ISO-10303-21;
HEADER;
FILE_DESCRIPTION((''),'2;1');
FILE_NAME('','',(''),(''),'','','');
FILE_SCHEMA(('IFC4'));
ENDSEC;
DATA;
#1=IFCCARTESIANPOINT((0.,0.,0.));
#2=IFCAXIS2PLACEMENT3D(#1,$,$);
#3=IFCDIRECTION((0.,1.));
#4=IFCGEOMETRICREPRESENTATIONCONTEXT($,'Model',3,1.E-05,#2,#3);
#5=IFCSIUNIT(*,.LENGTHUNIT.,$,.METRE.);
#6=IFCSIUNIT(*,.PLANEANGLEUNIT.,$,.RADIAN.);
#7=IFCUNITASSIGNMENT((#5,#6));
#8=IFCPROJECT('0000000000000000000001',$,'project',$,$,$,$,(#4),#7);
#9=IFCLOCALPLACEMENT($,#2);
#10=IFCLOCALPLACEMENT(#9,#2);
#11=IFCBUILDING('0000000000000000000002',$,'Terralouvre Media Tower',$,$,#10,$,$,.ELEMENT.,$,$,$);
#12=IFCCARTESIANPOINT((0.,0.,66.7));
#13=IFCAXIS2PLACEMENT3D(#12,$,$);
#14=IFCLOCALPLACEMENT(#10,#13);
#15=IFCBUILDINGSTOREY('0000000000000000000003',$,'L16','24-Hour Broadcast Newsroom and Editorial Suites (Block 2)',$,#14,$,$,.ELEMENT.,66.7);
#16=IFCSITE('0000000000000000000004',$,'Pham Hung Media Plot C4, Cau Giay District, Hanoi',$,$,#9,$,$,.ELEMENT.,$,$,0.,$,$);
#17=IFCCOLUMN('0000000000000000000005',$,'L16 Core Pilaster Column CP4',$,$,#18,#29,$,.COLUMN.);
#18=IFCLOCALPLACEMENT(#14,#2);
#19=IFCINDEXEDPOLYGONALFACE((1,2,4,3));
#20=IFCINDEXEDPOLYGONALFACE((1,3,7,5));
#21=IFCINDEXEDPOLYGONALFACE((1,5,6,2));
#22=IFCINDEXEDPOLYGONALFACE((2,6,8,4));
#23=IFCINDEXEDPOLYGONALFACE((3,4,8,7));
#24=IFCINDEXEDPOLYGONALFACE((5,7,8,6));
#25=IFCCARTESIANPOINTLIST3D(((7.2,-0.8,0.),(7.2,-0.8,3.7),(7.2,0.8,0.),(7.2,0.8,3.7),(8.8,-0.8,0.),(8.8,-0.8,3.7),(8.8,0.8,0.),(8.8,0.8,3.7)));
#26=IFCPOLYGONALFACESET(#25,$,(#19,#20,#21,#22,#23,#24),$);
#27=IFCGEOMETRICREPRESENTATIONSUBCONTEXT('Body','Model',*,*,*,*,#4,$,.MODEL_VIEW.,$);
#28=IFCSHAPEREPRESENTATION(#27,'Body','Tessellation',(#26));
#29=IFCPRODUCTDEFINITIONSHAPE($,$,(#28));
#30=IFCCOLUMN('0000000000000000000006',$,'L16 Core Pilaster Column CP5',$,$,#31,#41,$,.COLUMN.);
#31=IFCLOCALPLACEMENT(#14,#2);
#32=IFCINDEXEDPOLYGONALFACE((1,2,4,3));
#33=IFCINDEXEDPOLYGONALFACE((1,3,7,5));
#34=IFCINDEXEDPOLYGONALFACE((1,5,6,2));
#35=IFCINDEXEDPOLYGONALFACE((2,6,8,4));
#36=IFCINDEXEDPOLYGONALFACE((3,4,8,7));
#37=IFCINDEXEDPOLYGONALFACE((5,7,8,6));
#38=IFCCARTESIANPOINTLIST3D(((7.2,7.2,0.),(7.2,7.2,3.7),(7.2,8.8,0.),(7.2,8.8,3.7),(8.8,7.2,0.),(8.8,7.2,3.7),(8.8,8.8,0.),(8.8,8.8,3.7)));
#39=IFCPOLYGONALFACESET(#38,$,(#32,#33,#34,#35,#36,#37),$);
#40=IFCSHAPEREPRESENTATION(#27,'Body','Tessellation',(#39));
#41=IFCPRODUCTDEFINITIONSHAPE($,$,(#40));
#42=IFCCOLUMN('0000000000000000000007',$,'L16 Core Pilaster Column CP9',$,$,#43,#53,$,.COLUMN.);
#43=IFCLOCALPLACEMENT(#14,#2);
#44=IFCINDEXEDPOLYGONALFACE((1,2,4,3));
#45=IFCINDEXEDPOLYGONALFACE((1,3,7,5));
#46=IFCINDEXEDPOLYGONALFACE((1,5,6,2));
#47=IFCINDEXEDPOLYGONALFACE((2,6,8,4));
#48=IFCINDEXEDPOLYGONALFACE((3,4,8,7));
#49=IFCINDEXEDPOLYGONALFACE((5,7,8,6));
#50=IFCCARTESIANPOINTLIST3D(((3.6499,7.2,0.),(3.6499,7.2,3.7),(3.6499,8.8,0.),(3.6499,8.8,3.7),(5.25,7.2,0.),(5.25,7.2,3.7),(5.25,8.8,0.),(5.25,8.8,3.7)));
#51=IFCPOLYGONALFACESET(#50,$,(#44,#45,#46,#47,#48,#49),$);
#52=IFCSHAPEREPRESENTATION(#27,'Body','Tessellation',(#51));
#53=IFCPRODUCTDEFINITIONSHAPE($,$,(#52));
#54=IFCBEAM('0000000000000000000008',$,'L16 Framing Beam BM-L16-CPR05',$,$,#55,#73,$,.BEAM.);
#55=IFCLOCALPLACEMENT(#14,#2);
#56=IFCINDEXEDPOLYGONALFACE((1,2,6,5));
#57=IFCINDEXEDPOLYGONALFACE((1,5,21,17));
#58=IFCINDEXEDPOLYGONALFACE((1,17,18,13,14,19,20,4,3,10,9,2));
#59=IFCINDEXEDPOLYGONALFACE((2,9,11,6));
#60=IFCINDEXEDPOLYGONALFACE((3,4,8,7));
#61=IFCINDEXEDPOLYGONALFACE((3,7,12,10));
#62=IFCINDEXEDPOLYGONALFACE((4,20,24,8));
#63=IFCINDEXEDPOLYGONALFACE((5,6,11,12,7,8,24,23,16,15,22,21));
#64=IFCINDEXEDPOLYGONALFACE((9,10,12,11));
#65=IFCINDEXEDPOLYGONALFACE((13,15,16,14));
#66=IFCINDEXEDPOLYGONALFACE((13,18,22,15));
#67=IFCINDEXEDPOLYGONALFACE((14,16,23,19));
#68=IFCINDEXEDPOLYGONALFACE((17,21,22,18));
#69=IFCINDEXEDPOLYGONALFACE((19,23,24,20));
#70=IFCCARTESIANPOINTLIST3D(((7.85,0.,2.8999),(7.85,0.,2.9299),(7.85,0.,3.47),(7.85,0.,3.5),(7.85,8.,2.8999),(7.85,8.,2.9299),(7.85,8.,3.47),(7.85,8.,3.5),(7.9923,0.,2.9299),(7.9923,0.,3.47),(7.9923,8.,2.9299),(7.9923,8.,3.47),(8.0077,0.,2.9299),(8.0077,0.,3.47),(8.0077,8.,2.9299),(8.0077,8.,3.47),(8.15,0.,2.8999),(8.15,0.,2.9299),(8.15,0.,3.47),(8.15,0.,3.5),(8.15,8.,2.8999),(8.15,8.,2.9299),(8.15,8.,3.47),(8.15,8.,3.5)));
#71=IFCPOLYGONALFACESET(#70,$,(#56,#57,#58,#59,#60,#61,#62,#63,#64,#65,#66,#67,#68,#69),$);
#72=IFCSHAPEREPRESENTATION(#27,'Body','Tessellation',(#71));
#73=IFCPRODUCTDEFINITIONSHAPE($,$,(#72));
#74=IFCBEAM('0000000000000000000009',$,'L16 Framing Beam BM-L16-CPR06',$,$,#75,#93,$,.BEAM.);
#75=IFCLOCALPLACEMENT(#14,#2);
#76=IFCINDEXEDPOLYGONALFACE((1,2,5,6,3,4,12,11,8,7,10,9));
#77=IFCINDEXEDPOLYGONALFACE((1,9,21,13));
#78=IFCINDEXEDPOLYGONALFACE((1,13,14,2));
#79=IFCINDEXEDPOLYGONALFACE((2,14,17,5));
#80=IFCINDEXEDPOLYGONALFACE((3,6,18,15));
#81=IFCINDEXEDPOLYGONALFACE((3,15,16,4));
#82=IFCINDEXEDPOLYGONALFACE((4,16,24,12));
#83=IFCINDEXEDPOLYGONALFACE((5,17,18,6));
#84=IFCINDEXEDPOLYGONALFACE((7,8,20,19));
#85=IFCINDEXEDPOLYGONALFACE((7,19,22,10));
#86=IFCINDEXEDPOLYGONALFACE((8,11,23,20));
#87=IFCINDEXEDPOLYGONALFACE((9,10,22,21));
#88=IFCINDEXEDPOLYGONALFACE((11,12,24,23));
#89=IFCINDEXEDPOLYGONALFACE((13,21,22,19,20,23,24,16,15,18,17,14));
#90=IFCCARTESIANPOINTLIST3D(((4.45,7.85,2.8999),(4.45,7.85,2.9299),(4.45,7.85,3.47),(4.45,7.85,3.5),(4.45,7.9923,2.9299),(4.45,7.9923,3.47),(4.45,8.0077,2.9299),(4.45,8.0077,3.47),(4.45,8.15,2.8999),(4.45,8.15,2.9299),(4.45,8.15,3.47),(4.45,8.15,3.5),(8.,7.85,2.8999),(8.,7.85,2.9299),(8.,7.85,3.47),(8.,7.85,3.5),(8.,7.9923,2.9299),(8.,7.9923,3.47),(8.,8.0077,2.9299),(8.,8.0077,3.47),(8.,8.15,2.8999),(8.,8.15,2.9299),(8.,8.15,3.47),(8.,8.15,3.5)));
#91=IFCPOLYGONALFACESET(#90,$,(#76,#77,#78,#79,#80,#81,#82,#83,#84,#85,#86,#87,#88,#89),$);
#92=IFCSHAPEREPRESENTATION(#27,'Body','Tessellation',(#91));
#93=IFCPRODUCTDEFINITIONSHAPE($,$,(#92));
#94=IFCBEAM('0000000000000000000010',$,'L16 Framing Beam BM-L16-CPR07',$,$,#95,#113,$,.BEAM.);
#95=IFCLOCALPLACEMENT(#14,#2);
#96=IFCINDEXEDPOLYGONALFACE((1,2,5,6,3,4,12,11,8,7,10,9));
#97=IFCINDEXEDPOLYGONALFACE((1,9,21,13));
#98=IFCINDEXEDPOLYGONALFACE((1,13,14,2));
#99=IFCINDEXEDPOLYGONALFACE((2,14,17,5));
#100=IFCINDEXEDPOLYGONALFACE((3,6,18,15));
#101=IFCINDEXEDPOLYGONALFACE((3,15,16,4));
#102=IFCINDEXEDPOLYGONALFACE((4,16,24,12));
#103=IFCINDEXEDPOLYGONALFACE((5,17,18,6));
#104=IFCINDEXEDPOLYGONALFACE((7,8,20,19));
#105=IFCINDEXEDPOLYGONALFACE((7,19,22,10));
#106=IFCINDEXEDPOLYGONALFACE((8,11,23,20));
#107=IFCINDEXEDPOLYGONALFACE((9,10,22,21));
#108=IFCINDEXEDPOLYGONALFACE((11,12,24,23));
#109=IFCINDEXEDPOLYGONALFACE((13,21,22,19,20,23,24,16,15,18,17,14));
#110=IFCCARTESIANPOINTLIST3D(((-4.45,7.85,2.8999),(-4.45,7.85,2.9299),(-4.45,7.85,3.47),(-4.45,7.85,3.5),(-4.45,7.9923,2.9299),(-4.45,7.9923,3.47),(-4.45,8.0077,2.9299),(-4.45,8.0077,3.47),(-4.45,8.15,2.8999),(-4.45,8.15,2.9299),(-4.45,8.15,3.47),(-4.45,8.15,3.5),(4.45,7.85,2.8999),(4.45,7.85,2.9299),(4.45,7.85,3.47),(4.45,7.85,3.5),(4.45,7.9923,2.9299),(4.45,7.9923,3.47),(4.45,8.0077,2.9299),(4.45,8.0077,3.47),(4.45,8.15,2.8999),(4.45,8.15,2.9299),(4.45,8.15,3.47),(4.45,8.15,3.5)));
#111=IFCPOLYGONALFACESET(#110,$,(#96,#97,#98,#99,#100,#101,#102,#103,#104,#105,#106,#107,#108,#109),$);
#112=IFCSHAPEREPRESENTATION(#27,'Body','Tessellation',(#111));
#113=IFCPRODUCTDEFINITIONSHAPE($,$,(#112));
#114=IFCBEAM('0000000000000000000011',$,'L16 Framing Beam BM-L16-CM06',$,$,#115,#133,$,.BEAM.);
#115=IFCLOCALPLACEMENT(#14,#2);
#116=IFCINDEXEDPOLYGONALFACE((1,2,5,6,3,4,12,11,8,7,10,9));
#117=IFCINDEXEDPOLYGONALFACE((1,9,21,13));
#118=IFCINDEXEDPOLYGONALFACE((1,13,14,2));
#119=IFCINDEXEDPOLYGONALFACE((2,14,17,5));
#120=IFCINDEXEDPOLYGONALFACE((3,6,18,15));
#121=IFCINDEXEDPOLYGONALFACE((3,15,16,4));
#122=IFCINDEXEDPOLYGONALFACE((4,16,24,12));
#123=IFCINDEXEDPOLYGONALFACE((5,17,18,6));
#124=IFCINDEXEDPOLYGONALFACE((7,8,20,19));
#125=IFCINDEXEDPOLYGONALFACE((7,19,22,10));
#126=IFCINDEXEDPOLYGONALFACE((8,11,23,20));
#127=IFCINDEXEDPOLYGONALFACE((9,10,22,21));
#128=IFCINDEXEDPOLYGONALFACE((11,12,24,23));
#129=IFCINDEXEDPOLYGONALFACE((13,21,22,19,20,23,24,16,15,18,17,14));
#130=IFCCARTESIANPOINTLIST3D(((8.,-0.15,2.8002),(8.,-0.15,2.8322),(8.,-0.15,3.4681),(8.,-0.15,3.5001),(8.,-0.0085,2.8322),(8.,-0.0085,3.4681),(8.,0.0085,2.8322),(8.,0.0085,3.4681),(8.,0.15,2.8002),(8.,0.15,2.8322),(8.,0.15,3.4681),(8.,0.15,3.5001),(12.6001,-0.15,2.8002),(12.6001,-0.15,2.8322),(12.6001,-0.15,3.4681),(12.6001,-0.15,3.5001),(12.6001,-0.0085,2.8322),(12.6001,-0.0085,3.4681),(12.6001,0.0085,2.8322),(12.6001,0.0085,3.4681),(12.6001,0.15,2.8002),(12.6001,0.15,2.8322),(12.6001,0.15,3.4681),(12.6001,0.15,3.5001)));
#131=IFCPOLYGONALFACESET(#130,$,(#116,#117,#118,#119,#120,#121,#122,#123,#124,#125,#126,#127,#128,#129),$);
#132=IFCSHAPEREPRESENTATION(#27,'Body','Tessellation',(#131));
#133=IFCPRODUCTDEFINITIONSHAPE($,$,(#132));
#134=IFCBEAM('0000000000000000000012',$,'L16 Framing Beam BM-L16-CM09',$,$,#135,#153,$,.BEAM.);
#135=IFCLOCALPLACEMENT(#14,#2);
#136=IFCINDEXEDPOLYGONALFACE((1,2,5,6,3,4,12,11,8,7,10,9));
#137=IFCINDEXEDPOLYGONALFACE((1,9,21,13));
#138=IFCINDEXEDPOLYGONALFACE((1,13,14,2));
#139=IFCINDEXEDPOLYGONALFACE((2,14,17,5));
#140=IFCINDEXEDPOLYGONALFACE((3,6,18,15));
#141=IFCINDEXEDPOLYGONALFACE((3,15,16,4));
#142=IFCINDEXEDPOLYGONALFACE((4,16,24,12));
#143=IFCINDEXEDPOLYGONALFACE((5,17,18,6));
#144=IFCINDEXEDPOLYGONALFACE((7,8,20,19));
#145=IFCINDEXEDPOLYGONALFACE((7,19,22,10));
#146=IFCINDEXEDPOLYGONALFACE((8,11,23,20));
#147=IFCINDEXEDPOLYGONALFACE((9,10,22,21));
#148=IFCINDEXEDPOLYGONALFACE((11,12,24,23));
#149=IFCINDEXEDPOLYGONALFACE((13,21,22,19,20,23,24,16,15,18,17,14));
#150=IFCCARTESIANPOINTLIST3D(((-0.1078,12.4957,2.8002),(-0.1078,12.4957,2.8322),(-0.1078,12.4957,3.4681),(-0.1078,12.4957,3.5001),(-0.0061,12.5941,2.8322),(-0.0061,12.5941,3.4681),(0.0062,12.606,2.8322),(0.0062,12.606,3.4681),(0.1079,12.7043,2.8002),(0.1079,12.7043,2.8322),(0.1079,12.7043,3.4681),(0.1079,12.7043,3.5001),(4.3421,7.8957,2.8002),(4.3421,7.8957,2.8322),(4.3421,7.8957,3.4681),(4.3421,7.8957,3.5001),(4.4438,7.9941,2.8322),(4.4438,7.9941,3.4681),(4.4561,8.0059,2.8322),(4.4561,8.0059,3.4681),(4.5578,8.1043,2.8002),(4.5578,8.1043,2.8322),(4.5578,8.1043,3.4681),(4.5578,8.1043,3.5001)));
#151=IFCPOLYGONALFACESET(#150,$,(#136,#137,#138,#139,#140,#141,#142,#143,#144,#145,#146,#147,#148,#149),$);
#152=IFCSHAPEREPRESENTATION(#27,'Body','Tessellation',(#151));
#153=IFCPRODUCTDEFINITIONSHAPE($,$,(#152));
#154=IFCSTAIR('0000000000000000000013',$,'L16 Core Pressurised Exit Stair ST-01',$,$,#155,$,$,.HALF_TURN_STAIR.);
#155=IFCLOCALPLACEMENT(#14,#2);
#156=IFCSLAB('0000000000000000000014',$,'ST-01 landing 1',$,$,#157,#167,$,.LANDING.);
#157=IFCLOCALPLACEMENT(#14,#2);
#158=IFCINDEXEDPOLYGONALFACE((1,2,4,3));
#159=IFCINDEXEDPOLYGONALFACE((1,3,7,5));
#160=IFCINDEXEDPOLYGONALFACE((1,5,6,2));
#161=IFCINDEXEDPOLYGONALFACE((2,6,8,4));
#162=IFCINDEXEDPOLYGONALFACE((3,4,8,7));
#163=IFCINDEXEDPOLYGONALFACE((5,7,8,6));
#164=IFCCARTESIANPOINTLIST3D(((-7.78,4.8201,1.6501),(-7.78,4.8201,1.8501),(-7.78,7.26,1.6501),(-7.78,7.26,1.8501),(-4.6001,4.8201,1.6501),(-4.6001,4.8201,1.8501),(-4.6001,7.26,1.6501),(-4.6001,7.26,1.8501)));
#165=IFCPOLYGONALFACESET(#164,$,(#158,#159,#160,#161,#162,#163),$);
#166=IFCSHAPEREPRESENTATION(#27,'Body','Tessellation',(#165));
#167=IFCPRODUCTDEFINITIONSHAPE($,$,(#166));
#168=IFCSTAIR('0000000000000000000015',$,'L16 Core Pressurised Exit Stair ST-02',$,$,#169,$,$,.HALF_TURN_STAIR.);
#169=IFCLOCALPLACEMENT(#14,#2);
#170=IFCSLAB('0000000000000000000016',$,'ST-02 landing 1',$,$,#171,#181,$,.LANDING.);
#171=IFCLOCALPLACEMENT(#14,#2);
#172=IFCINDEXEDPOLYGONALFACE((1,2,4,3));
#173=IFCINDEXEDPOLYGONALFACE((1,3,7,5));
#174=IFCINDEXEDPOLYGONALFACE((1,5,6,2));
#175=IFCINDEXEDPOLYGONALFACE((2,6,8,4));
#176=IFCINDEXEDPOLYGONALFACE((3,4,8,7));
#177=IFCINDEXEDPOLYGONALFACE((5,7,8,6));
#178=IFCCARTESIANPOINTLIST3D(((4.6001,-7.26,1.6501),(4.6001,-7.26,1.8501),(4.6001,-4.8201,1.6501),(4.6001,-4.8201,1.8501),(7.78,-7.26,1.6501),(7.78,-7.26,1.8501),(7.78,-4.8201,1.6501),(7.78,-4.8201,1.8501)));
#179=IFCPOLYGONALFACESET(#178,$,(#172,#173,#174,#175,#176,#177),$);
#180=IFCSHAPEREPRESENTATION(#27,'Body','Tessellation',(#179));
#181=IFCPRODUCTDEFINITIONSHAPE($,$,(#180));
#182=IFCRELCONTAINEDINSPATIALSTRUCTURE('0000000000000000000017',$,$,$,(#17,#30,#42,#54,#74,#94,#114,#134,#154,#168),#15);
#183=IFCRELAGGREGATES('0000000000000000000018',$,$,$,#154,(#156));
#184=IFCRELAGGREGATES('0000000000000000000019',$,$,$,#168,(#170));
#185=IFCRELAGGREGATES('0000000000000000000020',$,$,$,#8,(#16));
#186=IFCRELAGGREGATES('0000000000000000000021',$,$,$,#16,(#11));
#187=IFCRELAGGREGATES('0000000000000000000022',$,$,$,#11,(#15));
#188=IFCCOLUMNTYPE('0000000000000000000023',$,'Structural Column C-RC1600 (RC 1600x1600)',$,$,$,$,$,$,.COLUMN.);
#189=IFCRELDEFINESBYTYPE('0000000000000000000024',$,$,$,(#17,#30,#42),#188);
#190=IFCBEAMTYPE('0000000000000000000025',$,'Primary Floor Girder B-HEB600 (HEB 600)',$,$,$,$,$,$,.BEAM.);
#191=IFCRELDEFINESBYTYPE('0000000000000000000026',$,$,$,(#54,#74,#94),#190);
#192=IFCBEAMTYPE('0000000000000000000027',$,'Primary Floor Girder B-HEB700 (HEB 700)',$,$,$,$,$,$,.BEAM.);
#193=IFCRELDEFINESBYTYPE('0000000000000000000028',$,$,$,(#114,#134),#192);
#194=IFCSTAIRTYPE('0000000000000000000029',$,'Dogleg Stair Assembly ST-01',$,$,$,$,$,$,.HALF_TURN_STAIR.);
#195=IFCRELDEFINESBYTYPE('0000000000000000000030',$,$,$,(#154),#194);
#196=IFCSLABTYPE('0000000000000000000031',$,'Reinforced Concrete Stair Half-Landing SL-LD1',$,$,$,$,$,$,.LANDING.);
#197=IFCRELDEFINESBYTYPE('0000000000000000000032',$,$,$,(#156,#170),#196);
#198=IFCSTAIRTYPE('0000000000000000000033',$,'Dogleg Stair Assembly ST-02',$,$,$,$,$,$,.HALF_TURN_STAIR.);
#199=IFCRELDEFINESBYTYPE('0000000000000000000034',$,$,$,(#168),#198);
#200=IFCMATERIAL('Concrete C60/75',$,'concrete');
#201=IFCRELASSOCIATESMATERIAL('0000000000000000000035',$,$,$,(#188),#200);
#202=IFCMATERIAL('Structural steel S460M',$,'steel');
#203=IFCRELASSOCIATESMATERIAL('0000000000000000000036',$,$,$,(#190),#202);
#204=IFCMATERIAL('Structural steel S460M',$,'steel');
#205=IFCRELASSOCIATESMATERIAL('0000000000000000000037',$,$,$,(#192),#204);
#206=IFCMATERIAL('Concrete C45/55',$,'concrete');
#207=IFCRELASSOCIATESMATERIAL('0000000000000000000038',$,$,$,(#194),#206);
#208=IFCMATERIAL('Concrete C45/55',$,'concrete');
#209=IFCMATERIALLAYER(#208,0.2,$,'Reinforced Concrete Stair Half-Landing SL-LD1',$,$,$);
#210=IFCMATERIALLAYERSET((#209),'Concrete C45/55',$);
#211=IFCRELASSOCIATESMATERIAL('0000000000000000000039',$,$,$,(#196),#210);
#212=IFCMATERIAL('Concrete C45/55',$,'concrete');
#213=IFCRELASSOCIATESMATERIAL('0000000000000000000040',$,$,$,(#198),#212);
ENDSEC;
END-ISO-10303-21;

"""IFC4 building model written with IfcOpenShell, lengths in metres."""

from ifc_helpers import new_model, si_unit, direction, frame, origin, origin_2d, place, context, subcontext, project, spatial, polyline, rectangle, i_section, outline, extrude, material, layer, layer_set, material_profile, profile_set, type_object, element, aggregate, save


model = new_model("IFC4")

# Units and contexts
model_context = context("Model", 3, precision=1e-05, world=origin(), true_north=direction((0.0, 1.0)))
body_context = subcontext(model_context, "Body", "Model", "MODEL_VIEW")
ifc_project = project(units=[si_unit("LENGTHUNIT", "METRE"), si_unit("PLANEANGLEUNIT", "RADIAN")], contexts=[model_context])

# Site, building, storey
site_placement = place(None, origin())
site = spatial("IfcSite", under=ifc_project, at=site_placement, Name="Pham Hung Media Plot C4, Cau Giay District, Hanoi", CompositionType="ELEMENT", RefElevation=0.0)
building_placement = place(site_placement, origin())
building = spatial("IfcBuilding", under=site, at=building_placement, Name="Terralouvre Media Tower", CompositionType="ELEMENT")
storey_placement = place(building_placement, frame((0.0, 0.0, 66.7)))
storey = spatial("IfcBuildingStorey", under=building, at=storey_placement, Name="L16", Description="24-Hour Broadcast Newsroom and Editorial Suites (Block 2)", CompositionType="ELEMENT", Elevation=66.7)

# Columns
ifc_material_1 = material(Name="Concrete C60/75", Category="concrete")
ifc_material_profile_1 = material_profile(ifc_material_1, rectangle(XDim=1.6001, YDim=1.6001, at=origin_2d()), Name="RC 1600x1600")
ifc_profile_set_1 = profile_set([ifc_material_profile_1], Name="Concrete C60/75")
column_type = type_object("IfcColumnType", Name="Structural Column C-RC1600 (RC 1600x1600)", PredefinedType="COLUMN", material=ifc_profile_set_1)
for number, where, z_axis, x_axis, name in (
    (1, (8.0, 0.0, 0.0), (0.0, 0.0, 1.0), (1.0, 0.0, 0.0), "L16 Core Pilaster Column CP4"),
    (2, (8.0, 8.0, 0.0), (0.0, 0.0, 1.0), (1.0, 0.0, 0.0), "L16 Core Pilaster Column CP5"),
    (3, (4.45, 8.0, 0.0), (0.0, 0.0, 1.0), (1.0, 0.0, 0.0), "L16 Core Pilaster Column CP9"),
):
    element("IfcColumn", number, at=place(storey_placement, frame(where, z_axis=z_axis, x_axis=x_axis)), inside=storey, type_object=column_type, Name=name, PredefinedType="COLUMN", context=body_context, shape_type="SweptSolid", body=[
        extrude(rectangle(XDim=1.6001, YDim=1.6001, at=origin_2d()), origin(), (0.0, 0.0, 1.0), 3.7),
    ])

# Beams
ifc_material_2 = material(Name="Structural steel S460M", Category="steel")
ifc_material_profile_2 = material_profile(ifc_material_2, i_section(OverallWidth=0.3, OverallDepth=0.6001, WebThickness=0.0154, FlangeThickness=0.03, at=origin_2d()), Name="HEB 600")
ifc_profile_set_2 = profile_set([ifc_material_profile_2], Name="Structural steel S460M")
beam_type_1 = type_object("IfcBeamType", Name="Primary Floor Girder B-HEB600 (HEB 600)", PredefinedType="BEAM", material=ifc_profile_set_2)
beam_1_placement = place(storey_placement, frame((8.0, 0.0, 3.2), z_axis=(0.0, 1.0, 0.0), x_axis=(-1.0, 0.0, 0.0)))
element("IfcBeam", 4, at=beam_1_placement, inside=storey, type_object=beam_type_1, Name="L16 Framing Beam BM-L16-CPR05", PredefinedType="BEAM", context=body_context, shape_type="SweptSolid", body=[
    extrude(i_section(OverallWidth=0.3, OverallDepth=0.6001, WebThickness=0.0154, FlangeThickness=0.03, at=origin_2d()), origin(), (0.0, 0.0, 1.0), 8.0),
])
beam_2_placement = place(storey_placement, frame((8.0, 8.0, 3.2), z_axis=(-1.0, 0.0, 0.0), x_axis=(0.0, -1.0, 0.0)))
element("IfcBeam", 5, at=beam_2_placement, inside=storey, type_object=beam_type_1, Name="L16 Framing Beam BM-L16-CPR06", PredefinedType="BEAM", context=body_context, shape_type="SweptSolid", body=[
    extrude(i_section(OverallWidth=0.3, OverallDepth=0.6001, WebThickness=0.0154, FlangeThickness=0.03, at=origin_2d()), origin(), (0.0, 0.0, 1.0), 3.55),
])
beam_3_placement = place(storey_placement, frame((4.45, 8.0, 3.2), z_axis=(-1.0, 0.0, 0.0), x_axis=(0.0, -1.0, 0.0)))
element("IfcBeam", 6, at=beam_3_placement, inside=storey, type_object=beam_type_1, Name="L16 Framing Beam BM-L16-CPR07", PredefinedType="BEAM", context=body_context, shape_type="SweptSolid", body=[
    extrude(i_section(OverallWidth=0.3, OverallDepth=0.6001, WebThickness=0.0154, FlangeThickness=0.03, at=origin_2d()), origin(), (0.0, 0.0, 1.0), 8.8999),
])
ifc_material_3 = material(Name="Structural steel S460M", Category="steel")
ifc_material_profile_3 = material_profile(ifc_material_3, i_section(OverallWidth=0.3, OverallDepth=0.7, WebThickness=0.0171, FlangeThickness=0.032, at=origin_2d()), Name="HEB 700")
ifc_profile_set_3 = profile_set([ifc_material_profile_3], Name="Structural steel S460M")
beam_type_2 = type_object("IfcBeamType", Name="Primary Floor Girder B-HEB700 (HEB 700)", PredefinedType="BEAM", material=ifc_profile_set_3)
beam_4_placement = place(storey_placement, frame((8.0, 0.0, 3.1501), z_axis=(1.0, 0.0, 0.0), x_axis=(0.0, 1.0, 0.0)))
element("IfcBeam", 7, at=beam_4_placement, inside=storey, type_object=beam_type_2, Name="L16 Framing Beam BM-L16-CM06", PredefinedType="BEAM", context=body_context, shape_type="SweptSolid", body=[
    extrude(i_section(OverallWidth=0.3, OverallDepth=0.7, WebThickness=0.0171, FlangeThickness=0.032, at=origin_2d()), origin(), (0.0, 0.0, 1.0), 4.6001),
])
beam_5_placement = place(storey_placement, frame((4.45, 8.0, 3.1501), z_axis=(-0.69528, 0.718739, 0.0), x_axis=(-0.718739, -0.69528, 0.0)))
element("IfcBeam", 8, at=beam_5_placement, inside=storey, type_object=beam_type_2, Name="L16 Framing Beam BM-L16-CM09", PredefinedType="BEAM", context=body_context, shape_type="SweptSolid", body=[
    extrude(i_section(OverallWidth=0.3, OverallDepth=0.7, WebThickness=0.0171, FlangeThickness=0.032, at=origin_2d()), origin(), (0.0, 0.0, 1.0), 6.4001),
])

# Stairs, slabs
ifc_material_4 = material(Name="Concrete C45/55", Category="concrete")
stair_type_1 = type_object("IfcStairType", Name="Dogleg Stair Assembly ST-01", PredefinedType="HALF_TURN_STAIR", material=ifc_material_4)
stair_1_placement = place(storey_placement, origin())
stair_1 = element("IfcStair", 9, at=stair_1_placement, inside=storey, type_object=stair_type_1, Name="L16 Core Pressurised Exit Stair ST-01", PredefinedType="HALF_TURN_STAIR")
ifc_material_5 = material(Name="Concrete C45/55", Category="concrete")
ifc_layer_1 = layer(ifc_material_5, 0.2, Name="Reinforced Concrete Stair Half-Landing SL-LD1")
ifc_layer_set_1 = layer_set([ifc_layer_1], Name="Concrete C45/55")
slab_type_1 = type_object("IfcSlabType", Name="Reinforced Concrete Stair Half-Landing SL-LD1", PredefinedType="LANDING", material=ifc_layer_set_1)
slab_1_placement = place(storey_placement, frame((0.0, 0.0, 1.6501)))
slab_1 = element("IfcSlab", 10, at=slab_1_placement, type_object=slab_type_1, Name="ST-01 landing 1", PredefinedType="LANDING", context=body_context, shape_type="SweptSolid", body=[
    extrude(outline(polyline([(-4.6001, 4.8201), (-4.6001, 7.26), (-7.78, 7.26), (-7.78, 4.8201), (-4.6001, 4.8201)])), origin(), (0.0, 0.0, 1.0), 0.2),
])
aggregate(stair_1, [slab_1])
ifc_material_6 = material(Name="Concrete C45/55", Category="concrete")
stair_type_2 = type_object("IfcStairType", Name="Dogleg Stair Assembly ST-02", PredefinedType="HALF_TURN_STAIR", material=ifc_material_6)
stair_2_placement = place(storey_placement, origin())
stair_2 = element("IfcStair", 11, at=stair_2_placement, inside=storey, type_object=stair_type_2, Name="L16 Core Pressurised Exit Stair ST-02", PredefinedType="HALF_TURN_STAIR")
slab_2_placement = place(storey_placement, frame((0.0, 0.0, 1.6501)))
slab_2 = element("IfcSlab", 12, at=slab_2_placement, type_object=slab_type_1, Name="ST-02 landing 1", PredefinedType="LANDING", context=body_context, shape_type="SweptSolid", body=[
    extrude(outline(polyline([(4.6001, -4.8201), (4.6001, -7.26), (7.78, -7.26), (7.78, -4.8201), (4.6001, -4.8201)])), origin(), (0.0, 0.0, 1.0), 0.2),
])
aggregate(stair_2, [slab_2])

save(model, "model.ifc")
